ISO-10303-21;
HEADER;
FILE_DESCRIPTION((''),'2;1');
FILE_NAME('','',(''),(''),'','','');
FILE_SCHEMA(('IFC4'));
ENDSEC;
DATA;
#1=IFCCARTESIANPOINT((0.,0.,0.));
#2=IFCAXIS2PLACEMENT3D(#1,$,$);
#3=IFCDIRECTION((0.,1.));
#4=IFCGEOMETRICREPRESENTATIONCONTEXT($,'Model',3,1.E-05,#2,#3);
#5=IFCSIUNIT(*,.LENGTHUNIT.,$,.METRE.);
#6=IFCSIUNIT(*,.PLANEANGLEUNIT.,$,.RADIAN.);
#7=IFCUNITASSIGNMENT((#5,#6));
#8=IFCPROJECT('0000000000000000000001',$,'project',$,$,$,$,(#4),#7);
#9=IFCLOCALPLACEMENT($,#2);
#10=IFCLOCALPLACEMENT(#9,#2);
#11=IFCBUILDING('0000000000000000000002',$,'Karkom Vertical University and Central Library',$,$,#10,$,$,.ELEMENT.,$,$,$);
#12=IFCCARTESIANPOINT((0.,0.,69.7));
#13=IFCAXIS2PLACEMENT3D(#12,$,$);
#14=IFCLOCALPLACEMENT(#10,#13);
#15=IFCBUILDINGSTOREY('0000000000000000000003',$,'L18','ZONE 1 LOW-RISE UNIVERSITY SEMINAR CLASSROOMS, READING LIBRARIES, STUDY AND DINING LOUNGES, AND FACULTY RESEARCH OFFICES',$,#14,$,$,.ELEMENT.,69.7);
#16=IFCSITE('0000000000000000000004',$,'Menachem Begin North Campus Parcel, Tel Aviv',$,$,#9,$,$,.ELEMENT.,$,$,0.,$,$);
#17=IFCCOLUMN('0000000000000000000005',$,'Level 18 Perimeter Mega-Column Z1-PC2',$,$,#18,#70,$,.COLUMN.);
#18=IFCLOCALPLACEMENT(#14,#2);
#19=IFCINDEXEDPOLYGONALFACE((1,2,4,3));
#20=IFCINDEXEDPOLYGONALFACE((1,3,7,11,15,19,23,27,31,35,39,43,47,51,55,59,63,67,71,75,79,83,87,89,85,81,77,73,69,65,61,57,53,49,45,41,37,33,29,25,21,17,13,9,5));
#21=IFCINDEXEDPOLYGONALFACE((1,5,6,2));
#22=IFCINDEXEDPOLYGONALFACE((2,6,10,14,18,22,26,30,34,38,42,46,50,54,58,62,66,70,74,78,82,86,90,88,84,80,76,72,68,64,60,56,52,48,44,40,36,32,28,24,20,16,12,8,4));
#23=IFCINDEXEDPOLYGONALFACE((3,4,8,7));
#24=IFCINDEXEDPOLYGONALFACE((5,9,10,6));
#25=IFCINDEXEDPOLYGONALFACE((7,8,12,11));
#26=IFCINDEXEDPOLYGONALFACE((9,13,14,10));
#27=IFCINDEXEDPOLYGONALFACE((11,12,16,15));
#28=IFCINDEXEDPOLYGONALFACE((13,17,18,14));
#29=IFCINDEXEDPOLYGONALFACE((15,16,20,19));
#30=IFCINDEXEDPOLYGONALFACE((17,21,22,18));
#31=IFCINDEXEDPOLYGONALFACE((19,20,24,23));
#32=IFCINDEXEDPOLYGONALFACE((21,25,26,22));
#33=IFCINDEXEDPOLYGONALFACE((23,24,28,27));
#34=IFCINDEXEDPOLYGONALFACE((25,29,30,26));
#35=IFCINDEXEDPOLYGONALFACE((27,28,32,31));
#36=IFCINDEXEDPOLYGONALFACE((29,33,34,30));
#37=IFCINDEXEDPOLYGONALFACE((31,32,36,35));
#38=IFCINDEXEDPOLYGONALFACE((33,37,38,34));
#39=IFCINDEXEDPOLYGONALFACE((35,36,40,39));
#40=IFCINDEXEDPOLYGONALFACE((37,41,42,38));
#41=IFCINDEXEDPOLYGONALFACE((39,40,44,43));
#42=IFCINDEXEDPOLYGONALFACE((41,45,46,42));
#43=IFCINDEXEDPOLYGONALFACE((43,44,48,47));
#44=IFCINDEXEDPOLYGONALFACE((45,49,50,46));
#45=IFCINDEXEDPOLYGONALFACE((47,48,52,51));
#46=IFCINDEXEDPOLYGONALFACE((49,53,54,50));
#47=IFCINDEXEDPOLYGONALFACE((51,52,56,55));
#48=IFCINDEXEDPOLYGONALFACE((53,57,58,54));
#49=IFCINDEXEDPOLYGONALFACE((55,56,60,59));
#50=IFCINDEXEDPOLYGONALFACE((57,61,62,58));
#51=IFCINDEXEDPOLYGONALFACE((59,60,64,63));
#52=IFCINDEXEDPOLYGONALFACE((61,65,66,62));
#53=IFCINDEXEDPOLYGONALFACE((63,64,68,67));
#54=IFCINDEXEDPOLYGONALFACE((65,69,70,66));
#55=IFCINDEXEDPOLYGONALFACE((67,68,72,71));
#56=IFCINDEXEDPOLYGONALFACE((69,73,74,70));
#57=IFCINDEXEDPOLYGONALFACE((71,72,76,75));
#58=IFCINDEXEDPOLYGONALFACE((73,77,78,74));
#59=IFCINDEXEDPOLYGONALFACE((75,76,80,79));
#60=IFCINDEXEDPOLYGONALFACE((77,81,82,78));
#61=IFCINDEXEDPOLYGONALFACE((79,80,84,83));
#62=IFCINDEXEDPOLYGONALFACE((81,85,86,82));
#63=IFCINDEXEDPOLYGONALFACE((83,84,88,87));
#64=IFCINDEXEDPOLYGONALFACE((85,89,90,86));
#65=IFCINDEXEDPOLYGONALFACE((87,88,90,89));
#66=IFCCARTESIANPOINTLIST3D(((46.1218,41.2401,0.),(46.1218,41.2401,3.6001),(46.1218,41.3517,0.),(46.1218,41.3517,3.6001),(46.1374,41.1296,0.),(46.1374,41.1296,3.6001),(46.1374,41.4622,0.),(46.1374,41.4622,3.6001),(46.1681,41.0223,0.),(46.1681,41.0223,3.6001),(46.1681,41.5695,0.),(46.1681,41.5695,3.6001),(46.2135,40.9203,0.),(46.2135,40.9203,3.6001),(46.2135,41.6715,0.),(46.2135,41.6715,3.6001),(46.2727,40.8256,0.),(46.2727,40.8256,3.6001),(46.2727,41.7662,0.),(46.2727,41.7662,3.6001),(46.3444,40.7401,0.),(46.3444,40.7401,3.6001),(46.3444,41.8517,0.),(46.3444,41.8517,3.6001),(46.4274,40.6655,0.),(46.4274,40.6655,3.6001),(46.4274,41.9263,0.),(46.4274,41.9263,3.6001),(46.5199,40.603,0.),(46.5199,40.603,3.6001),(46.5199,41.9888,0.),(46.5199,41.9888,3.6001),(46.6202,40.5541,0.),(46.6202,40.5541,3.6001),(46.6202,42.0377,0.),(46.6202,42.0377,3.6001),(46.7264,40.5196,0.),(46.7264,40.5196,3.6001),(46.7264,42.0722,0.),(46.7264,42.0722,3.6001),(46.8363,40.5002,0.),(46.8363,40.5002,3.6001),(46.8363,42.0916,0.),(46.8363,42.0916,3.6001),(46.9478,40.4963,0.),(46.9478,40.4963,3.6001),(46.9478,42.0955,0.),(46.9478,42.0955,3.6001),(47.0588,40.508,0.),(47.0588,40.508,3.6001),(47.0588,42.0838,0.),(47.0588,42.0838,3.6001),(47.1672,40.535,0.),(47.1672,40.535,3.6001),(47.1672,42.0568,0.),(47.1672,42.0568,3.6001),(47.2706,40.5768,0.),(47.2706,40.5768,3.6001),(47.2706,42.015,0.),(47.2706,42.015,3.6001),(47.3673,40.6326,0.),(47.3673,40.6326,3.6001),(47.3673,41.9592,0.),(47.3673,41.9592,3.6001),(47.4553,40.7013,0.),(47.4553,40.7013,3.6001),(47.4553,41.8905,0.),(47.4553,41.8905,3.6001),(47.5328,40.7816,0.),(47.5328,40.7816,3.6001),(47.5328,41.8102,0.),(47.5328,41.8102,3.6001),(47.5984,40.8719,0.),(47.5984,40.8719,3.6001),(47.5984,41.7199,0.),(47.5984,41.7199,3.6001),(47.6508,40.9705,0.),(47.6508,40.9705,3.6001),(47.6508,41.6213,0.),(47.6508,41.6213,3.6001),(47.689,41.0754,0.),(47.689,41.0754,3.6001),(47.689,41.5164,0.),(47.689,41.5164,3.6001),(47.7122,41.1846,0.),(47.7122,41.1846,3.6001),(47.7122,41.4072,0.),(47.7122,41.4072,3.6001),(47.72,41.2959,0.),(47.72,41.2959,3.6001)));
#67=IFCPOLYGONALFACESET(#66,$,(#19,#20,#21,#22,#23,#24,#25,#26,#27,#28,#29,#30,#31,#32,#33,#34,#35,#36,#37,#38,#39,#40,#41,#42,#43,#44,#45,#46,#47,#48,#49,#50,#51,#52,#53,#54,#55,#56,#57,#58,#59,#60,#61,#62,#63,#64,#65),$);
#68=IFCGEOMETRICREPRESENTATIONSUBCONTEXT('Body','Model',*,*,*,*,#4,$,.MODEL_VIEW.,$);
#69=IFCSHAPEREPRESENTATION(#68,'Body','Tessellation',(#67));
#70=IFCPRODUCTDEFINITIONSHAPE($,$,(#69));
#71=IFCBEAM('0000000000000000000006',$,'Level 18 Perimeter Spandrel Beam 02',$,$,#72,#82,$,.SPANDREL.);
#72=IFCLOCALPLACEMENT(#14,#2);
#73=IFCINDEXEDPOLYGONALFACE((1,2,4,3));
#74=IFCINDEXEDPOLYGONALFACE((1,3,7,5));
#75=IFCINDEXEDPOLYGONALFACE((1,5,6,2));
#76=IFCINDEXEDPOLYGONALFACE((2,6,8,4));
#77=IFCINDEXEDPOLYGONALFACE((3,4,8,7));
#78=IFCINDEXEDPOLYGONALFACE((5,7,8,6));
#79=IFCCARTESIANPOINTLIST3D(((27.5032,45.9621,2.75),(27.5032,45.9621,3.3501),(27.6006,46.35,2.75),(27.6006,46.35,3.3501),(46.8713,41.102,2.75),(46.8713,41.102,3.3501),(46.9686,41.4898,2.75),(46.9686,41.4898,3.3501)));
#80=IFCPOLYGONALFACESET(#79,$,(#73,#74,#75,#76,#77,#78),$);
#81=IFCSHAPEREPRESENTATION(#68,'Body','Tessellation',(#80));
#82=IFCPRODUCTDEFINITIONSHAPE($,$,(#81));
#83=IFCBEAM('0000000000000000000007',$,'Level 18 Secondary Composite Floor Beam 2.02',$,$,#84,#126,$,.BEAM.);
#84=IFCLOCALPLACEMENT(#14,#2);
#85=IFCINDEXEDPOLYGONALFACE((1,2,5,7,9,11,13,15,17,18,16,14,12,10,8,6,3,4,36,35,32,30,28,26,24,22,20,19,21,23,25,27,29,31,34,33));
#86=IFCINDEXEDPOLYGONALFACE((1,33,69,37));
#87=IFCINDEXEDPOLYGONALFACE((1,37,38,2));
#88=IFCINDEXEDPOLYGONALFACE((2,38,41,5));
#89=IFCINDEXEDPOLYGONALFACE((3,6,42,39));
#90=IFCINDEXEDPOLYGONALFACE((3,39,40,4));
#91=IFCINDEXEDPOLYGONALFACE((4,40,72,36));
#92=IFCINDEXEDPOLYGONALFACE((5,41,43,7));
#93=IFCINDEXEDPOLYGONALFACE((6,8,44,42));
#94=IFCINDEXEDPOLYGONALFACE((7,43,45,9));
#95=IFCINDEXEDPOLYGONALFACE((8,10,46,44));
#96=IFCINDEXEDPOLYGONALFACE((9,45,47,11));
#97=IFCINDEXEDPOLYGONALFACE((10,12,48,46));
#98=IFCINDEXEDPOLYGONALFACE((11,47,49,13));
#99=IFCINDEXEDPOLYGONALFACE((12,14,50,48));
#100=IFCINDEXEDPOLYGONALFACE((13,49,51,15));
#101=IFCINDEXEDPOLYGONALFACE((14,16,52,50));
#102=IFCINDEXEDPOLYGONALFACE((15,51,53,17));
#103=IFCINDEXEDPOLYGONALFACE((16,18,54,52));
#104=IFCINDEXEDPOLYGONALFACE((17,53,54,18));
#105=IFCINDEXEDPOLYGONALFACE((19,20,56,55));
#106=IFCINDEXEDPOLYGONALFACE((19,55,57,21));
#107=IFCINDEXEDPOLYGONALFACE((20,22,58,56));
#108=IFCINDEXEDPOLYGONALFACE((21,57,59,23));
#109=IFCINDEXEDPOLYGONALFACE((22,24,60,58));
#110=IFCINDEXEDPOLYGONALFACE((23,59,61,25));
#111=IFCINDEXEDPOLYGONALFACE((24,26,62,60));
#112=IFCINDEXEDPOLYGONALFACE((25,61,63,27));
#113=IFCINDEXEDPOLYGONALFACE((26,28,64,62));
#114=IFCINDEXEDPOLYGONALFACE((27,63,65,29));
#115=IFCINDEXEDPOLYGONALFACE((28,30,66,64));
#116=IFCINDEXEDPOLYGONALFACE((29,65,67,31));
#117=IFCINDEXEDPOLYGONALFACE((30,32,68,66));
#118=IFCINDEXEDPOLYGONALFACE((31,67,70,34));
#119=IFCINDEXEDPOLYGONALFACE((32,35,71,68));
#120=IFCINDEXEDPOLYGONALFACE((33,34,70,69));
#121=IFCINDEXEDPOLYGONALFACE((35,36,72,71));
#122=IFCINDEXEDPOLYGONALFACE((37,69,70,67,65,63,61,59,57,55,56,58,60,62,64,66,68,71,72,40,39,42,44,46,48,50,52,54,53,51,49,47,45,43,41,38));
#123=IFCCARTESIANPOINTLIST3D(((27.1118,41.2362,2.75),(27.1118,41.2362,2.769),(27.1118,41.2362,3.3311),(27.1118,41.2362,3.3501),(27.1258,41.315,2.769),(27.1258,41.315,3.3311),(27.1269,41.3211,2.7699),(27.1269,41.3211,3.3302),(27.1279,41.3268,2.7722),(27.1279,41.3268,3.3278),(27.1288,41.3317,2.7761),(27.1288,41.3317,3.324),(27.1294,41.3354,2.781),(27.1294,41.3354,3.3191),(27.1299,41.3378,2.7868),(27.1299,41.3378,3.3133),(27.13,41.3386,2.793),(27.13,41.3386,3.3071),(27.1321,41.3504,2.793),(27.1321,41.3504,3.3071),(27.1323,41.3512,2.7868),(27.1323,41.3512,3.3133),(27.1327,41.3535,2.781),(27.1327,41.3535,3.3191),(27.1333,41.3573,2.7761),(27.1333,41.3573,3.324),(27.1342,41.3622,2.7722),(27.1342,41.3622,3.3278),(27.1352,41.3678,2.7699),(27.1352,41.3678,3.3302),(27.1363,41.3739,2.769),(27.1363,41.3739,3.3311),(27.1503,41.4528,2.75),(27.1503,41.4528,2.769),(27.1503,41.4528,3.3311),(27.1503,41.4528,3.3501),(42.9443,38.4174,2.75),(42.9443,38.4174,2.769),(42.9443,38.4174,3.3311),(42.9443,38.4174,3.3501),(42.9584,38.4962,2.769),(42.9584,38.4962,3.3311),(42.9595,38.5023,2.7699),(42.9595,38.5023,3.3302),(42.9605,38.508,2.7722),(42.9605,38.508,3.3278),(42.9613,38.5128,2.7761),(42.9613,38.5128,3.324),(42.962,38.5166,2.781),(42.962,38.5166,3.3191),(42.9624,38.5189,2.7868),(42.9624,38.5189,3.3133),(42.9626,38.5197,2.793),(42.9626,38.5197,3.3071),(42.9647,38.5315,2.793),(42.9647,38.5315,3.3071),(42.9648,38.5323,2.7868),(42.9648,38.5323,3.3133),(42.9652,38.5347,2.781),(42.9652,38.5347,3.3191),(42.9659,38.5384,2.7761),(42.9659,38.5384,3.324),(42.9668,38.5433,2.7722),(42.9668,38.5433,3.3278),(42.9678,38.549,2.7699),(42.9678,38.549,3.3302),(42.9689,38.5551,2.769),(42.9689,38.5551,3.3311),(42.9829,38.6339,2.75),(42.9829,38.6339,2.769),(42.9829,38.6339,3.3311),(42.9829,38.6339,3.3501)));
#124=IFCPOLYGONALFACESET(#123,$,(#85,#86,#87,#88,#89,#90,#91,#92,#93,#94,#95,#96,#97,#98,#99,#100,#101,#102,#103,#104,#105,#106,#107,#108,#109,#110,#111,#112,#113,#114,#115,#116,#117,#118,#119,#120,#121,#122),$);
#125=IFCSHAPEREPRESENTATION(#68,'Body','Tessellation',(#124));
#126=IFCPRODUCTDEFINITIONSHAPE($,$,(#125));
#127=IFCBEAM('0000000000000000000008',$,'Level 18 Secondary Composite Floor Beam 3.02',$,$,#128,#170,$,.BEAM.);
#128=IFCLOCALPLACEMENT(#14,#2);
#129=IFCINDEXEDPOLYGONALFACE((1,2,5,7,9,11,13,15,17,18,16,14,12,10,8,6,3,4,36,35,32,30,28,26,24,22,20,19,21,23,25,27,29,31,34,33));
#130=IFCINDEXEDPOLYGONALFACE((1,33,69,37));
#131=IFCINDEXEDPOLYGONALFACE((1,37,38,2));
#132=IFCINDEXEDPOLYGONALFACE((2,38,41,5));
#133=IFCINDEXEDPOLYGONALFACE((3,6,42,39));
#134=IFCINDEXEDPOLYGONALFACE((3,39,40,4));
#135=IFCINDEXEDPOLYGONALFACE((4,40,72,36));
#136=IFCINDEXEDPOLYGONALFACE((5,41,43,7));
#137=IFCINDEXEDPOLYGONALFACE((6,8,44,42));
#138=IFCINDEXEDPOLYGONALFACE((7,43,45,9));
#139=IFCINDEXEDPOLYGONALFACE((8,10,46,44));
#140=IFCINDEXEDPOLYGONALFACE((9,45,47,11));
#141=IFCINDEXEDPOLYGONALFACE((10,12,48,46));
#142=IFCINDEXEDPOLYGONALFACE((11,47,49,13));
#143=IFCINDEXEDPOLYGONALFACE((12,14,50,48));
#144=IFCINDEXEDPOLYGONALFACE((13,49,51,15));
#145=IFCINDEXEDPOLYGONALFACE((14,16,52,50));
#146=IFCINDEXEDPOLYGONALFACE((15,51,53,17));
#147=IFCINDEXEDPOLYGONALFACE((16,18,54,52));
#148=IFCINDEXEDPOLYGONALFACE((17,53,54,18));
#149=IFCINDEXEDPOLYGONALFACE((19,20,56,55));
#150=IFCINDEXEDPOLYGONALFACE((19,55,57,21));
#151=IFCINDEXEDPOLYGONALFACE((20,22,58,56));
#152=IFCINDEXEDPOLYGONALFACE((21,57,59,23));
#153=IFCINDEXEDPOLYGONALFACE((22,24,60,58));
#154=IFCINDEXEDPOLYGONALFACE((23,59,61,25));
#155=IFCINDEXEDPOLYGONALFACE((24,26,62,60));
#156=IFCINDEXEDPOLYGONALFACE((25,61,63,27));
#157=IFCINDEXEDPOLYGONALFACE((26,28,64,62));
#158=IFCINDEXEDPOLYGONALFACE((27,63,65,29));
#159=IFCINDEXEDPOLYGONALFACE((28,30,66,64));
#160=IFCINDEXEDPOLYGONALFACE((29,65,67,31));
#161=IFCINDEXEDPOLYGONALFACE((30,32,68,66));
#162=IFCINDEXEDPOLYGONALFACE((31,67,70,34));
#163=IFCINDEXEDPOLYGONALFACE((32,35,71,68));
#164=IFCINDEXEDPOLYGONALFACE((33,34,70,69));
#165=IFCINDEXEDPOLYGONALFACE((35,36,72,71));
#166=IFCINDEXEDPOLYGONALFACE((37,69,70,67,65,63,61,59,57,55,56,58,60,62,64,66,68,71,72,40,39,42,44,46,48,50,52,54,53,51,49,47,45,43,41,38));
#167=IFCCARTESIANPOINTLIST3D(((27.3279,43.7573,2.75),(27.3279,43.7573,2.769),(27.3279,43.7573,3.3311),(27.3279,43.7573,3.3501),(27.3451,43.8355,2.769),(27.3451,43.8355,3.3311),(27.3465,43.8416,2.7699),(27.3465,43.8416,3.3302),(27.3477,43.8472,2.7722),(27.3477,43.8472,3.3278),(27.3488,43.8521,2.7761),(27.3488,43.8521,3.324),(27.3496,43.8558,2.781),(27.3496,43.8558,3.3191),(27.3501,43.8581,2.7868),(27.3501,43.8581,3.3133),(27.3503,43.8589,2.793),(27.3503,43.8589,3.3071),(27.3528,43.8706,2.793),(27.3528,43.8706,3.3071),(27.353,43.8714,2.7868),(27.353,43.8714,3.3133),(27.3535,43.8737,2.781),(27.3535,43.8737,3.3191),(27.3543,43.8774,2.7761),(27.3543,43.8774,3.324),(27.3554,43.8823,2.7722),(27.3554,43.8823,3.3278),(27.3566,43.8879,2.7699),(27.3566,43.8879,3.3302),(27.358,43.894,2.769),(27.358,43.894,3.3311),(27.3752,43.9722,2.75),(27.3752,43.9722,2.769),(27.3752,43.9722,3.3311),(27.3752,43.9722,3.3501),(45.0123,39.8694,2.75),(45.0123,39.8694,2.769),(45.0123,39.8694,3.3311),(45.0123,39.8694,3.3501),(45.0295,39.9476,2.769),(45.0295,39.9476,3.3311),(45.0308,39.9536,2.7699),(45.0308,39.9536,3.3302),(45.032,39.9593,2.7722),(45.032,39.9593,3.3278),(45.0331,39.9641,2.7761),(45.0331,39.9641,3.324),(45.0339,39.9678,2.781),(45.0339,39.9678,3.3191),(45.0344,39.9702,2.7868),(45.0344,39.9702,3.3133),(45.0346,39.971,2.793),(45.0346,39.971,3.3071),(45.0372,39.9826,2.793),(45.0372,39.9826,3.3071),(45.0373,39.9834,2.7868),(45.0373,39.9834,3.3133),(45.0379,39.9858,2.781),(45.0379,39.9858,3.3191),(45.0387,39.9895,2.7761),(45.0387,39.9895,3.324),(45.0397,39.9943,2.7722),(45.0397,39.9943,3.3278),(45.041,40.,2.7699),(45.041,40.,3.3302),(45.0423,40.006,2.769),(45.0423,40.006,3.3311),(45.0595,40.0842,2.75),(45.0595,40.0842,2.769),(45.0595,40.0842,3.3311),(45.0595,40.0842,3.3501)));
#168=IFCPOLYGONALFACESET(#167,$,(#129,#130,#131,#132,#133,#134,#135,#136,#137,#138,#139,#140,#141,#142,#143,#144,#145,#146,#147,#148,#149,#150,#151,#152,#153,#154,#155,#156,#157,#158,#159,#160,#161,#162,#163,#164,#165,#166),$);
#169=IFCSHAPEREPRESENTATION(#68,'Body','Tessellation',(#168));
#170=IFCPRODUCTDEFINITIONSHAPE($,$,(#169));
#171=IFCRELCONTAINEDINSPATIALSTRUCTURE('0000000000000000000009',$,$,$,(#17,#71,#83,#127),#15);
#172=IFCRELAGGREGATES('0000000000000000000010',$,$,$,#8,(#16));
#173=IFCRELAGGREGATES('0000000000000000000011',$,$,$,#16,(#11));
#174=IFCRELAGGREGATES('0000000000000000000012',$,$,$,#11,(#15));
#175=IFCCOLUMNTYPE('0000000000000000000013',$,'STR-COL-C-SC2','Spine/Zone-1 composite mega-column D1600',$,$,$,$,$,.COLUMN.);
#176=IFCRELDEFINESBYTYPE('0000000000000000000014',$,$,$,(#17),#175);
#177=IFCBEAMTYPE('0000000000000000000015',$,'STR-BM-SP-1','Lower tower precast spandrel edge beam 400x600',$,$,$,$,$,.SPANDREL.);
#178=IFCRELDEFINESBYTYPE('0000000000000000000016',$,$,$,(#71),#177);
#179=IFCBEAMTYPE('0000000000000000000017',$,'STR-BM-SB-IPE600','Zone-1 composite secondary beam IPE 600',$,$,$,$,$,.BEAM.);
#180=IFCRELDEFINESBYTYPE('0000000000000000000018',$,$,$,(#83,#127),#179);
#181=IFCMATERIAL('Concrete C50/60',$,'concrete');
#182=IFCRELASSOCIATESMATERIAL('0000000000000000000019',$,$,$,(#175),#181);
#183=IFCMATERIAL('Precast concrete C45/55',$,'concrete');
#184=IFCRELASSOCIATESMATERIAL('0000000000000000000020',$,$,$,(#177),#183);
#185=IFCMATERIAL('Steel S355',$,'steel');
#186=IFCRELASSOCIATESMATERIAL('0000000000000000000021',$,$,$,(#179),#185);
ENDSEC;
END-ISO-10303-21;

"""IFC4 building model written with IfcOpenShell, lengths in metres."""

from ifc_helpers import new_model, si_unit, direction, frame, origin, origin_with_axes, origin_2d, place, context, subcontext, project, spatial, rectangle, circle, i_section, extrude, source, transform, mapped, material, material_profile, profile_set, type_object, element, save


model = new_model("IFC4")

# Units and contexts
model_context = context("Model", 3, precision=1e-05, world=origin(), true_north=direction((0.0, 1.0)))
body_context = subcontext(model_context, "Body", "Model", "MODEL_VIEW")
ifc_project = project(units=[si_unit("LENGTHUNIT", "METRE"), si_unit("PLANEANGLEUNIT", "RADIAN")], contexts=[model_context])

# Site, building, storey
site_placement = place(None, origin())
site = spatial("IfcSite", under=ifc_project, at=site_placement, Name="Menachem Begin North Campus Parcel, Tel Aviv", CompositionType="ELEMENT", RefElevation=0.0)
building_placement = place(site_placement, origin())
building = spatial("IfcBuilding", under=site, at=building_placement, Name="Karkom Vertical University and Central Library", CompositionType="ELEMENT")
storey_placement = place(building_placement, frame((0.0, 0.0, 69.7)))
storey = spatial("IfcBuildingStorey", under=building, at=storey_placement, Name="L18", Description="ZONE 1 LOW-RISE UNIVERSITY SEMINAR CLASSROOMS, READING LIBRARIES, STUDY AND DINING LOUNGES, AND FACULTY RESEARCH OFFICES", CompositionType="ELEMENT", Elevation=69.7)

# Column
ifc_material_1 = material(Name="Concrete C50/60", Category="concrete")
ifc_material_profile_1 = material_profile(ifc_material_1, circle(Radius=0.8, at=origin_2d()), Name="CFT-D1600")
ifc_profile_set_1 = profile_set([ifc_material_profile_1], Name="Concrete C50/60")
column_type = type_object("IfcColumnType", Name="STR-COL-C-SC2", Description="Spine/Zone-1 composite mega-column D1600", PredefinedType="COLUMN", material=ifc_profile_set_1)
shared_shape_1 = source(origin_with_axes(), body_context, "Body", "SweptSolid", [
    extrude(circle(Radius=0.8, at=origin_2d()), origin(), (0.0, 0.0, 1.0), 3.6001),
])
column_placement = place(storey_placement, frame((46.9199, 41.2959, 0.0), z_axis=(0.0, 0.0, 1.0), x_axis=(1.0, 0.0, 0.0)))
element("IfcColumn", 1, at=column_placement, inside=storey, type_object=column_type, Name="Level 18 Perimeter Mega-Column Z1-PC2", PredefinedType="COLUMN", context=body_context, shape_type="MappedRepresentation", body=[
    mapped(shared_shape_1, transform((0.0, 0.0, 0.0), scale=1.0)),
])

# Beams
ifc_material_2 = material(Name="Precast concrete C45/55", Category="concrete")
ifc_material_profile_2 = material_profile(ifc_material_2, rectangle(XDim=0.3999, YDim=0.6001, at=origin_2d()), Name="SPB-400x600")
ifc_profile_set_2 = profile_set([ifc_material_profile_2], Name="Precast concrete C45/55")
beam_type_1 = type_object("IfcBeamType", Name="STR-BM-SP-1", Description="Lower tower precast spandrel edge beam 400x600", PredefinedType="SPANDREL", material=ifc_profile_set_2)
shared_shape_2 = source(origin_with_axes(), body_context, "Body", "SweptSolid", [
    extrude(rectangle(XDim=0.3999, YDim=0.6001, at=origin_2d()), origin(), (0.0, 0.0, 1.0), 19.9685),
])
beam_1_placement = place(storey_placement, frame((46.9199, 41.2959, 3.05), z_axis=(-0.969929, 0.24339, 0.0), x_axis=(-0.24339, -0.969929, 0.0)))
element("IfcBeam", 2, at=beam_1_placement, inside=storey, type_object=beam_type_1, Name="Level 18 Perimeter Spandrel Beam 02", PredefinedType="SPANDREL", context=body_context, shape_type="MappedRepresentation", body=[
    mapped(shared_shape_2, transform((0.0, 0.0, 0.0), scale=1.0)),
])
ifc_material_3 = material(Name="Steel S355", Category="steel")
ifc_material_profile_3 = material_profile(ifc_material_3, i_section(OverallWidth=0.22, OverallDepth=0.6001, WebThickness=0.012, FlangeThickness=0.019, FilletRadius=0.0239, at=origin_2d()), Name="IPE 600")
ifc_profile_set_3 = profile_set([ifc_material_profile_3], Name="Steel S355")
beam_type_2 = type_object("IfcBeamType", Name="STR-BM-SB-IPE600", Description="Zone-1 composite secondary beam IPE 600", PredefinedType="BEAM", material=ifc_profile_set_3)
shared_shape_3 = source(origin_with_axes(), body_context, "Body", "SweptSolid", [
    extrude(i_section(OverallWidth=0.22, OverallDepth=0.6001, WebThickness=0.012, FlangeThickness=0.019, FilletRadius=0.0239, at=origin_2d()), origin(), (0.0, 0.0, 1.0), 16.0815),
])
beam_2_placement = place(storey_placement, frame((42.9636, 38.5256, 3.05), z_axis=(-0.984518, 0.175285, 0.0), x_axis=(-0.175285, -0.984518, 0.0)))
element("IfcBeam", 3, at=beam_2_placement, inside=storey, type_object=beam_type_2, Name="Level 18 Secondary Composite Floor Beam 2.02", PredefinedType="BEAM", context=body_context, shape_type="MappedRepresentation", body=[
    mapped(shared_shape_3, transform((0.0, 0.0, 0.0), scale=1.0)),
])
shared_shape_4 = source(origin_with_axes(), body_context, "Body", "SweptSolid", [
    extrude(i_section(OverallWidth=0.22, OverallDepth=0.6001, WebThickness=0.012, FlangeThickness=0.019, FilletRadius=0.0239, at=origin_2d()), origin(), (0.0, 0.0, 1.0), 18.1067),
])
beam_3_placement = place(storey_placement, frame((45.0359, 39.9768, 3.05), z_axis=(-0.976675, 0.214724, 0.0), x_axis=(-0.214724, -0.976675, 0.0)))
element("IfcBeam", 4, at=beam_3_placement, inside=storey, type_object=beam_type_2, Name="Level 18 Secondary Composite Floor Beam 3.02", PredefinedType="BEAM", context=body_context, shape_type="MappedRepresentation", body=[
    mapped(shared_shape_4, transform((0.0, 0.0, 0.0), scale=1.0)),
])

save(model, "model.ifc")
